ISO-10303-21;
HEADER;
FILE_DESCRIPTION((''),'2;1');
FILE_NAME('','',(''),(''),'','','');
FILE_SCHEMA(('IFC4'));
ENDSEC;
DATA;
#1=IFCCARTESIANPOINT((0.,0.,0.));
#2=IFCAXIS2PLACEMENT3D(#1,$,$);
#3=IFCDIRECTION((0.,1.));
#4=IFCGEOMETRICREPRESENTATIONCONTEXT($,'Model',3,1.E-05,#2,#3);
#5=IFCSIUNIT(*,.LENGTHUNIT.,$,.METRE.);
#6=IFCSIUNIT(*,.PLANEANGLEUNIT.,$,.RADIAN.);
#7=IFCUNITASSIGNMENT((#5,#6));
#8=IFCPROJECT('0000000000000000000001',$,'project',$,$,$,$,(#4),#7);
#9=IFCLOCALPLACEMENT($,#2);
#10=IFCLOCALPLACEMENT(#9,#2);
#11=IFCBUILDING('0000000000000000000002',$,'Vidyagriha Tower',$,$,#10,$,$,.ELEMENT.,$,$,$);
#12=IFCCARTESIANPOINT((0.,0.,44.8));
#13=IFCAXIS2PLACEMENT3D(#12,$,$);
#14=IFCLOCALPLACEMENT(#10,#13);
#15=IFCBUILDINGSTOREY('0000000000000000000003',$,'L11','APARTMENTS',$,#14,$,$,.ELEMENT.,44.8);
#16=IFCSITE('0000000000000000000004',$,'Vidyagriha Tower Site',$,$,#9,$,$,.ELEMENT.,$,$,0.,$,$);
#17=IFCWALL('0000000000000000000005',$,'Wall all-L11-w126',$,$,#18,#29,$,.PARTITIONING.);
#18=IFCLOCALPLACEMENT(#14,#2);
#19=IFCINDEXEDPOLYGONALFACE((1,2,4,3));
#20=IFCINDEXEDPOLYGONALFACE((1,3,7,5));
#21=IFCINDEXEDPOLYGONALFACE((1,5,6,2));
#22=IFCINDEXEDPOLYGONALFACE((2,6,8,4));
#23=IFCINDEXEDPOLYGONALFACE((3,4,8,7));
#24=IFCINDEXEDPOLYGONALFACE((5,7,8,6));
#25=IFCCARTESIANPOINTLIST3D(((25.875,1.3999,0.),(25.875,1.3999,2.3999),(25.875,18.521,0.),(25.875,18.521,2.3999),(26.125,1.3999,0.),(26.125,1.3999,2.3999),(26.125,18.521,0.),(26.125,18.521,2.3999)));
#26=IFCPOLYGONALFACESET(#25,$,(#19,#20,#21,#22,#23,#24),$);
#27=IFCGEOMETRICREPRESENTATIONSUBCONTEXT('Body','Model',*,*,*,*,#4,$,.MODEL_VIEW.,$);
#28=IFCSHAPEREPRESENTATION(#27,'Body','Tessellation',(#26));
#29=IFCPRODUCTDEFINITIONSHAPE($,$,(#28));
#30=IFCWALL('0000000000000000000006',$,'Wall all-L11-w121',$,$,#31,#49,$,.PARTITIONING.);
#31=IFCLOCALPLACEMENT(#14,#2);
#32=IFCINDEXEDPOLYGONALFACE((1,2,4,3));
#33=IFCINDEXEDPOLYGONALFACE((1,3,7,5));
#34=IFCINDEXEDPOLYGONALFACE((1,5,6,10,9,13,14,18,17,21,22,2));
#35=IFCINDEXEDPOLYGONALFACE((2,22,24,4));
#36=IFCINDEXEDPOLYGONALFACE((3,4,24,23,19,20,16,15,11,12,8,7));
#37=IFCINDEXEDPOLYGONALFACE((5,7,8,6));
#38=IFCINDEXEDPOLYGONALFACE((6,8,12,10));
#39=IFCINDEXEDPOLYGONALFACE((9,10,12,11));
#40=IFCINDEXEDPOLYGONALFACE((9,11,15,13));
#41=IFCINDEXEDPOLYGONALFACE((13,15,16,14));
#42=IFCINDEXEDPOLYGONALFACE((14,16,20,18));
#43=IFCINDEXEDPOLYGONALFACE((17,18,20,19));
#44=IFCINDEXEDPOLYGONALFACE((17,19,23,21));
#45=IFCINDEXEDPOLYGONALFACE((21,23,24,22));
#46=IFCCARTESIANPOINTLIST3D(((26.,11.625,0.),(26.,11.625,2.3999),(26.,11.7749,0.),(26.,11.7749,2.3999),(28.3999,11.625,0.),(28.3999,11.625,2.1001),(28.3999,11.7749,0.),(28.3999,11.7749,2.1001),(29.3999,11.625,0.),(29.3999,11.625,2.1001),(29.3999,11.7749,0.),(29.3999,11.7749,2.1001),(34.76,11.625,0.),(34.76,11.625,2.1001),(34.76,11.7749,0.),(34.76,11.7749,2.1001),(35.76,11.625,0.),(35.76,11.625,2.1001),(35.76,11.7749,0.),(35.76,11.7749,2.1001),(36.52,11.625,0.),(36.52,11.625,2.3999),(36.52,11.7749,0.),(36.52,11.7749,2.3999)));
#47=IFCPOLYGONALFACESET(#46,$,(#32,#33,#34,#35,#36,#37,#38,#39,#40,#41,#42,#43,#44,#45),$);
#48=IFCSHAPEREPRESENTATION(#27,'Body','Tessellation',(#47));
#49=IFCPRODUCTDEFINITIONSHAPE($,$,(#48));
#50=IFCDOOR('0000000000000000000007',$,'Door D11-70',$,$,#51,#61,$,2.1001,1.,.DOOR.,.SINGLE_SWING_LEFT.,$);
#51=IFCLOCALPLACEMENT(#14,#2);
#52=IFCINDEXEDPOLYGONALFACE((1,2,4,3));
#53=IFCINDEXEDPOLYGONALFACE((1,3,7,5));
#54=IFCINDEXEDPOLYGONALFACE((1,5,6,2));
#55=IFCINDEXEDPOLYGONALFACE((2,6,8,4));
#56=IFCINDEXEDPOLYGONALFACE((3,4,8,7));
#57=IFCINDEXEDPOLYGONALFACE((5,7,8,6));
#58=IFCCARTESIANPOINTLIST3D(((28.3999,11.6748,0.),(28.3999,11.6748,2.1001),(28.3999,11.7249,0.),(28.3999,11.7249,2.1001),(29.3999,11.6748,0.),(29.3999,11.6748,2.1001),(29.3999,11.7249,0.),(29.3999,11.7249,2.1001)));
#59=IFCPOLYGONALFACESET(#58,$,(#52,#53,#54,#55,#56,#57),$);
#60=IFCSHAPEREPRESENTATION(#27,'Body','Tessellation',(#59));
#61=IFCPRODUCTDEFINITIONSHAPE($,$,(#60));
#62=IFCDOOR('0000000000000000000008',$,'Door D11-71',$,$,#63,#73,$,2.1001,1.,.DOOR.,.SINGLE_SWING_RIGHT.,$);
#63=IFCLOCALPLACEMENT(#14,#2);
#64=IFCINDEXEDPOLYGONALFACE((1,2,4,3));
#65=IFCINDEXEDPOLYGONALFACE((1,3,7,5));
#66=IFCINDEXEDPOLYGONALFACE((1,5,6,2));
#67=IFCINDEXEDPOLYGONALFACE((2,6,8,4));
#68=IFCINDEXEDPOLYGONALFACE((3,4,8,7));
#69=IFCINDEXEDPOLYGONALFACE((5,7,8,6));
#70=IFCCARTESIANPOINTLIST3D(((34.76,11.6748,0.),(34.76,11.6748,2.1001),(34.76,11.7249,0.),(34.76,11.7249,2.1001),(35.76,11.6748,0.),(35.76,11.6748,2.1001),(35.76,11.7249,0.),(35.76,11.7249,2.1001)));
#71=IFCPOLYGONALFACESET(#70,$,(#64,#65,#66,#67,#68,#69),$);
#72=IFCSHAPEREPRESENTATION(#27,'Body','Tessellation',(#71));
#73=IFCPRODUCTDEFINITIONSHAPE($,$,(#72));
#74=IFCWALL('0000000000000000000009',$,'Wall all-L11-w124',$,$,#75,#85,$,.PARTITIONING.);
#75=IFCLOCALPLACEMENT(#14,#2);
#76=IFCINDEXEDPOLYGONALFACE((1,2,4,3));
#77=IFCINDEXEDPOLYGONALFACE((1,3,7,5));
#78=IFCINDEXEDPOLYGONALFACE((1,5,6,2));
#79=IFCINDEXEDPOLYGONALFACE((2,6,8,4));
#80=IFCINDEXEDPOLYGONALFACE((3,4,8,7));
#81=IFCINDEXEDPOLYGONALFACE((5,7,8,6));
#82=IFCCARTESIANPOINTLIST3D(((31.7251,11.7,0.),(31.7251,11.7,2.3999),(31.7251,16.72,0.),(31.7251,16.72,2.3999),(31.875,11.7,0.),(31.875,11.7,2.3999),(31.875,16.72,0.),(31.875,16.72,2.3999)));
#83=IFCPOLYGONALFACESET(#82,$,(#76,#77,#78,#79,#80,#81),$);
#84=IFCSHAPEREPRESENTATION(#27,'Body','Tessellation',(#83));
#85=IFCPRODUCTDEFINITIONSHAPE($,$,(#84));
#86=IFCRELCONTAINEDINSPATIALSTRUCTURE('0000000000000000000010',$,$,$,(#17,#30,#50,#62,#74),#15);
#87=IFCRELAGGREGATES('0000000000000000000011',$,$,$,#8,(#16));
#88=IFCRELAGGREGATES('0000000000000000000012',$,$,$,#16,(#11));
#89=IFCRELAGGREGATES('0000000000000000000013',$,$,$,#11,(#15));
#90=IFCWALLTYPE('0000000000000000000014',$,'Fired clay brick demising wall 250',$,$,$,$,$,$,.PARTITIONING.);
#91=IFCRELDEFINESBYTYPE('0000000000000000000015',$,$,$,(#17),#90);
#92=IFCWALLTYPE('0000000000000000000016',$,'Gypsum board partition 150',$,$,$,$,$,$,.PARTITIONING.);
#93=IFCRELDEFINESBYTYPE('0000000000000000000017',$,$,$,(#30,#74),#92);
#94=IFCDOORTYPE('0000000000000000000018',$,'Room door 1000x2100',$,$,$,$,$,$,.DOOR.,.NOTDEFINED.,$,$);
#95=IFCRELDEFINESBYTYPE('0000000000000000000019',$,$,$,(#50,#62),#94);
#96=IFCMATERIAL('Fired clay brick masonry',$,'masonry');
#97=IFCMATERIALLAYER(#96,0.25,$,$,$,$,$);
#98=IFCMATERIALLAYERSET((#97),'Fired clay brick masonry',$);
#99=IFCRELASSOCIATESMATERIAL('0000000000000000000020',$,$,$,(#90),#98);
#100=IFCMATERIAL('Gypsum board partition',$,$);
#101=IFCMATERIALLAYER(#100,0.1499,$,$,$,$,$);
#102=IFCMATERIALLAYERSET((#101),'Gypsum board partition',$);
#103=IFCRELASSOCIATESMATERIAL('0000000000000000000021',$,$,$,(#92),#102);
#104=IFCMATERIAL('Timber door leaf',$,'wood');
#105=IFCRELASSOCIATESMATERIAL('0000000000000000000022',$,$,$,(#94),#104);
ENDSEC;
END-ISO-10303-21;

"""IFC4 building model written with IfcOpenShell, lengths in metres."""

from ifc_helpers import new_model, si_unit, direction, frame, frame_2d, origin, place, context, subcontext, project, spatial, rectangle, extrude, material, layer, layer_set, type_object, element, fill, save


model = new_model("IFC4")

# Units and contexts
model_context = context("Model", 3, precision=1e-05, world=origin(), true_north=direction((0.0, 1.0)))
body_context = subcontext(model_context, "Body", "Model", "MODEL_VIEW")
ifc_project = project(units=[si_unit("LENGTHUNIT", "METRE"), si_unit("PLANEANGLEUNIT", "RADIAN")], contexts=[model_context])

# Site, building, storey
site_placement = place(None, origin())
site = spatial("IfcSite", under=ifc_project, at=site_placement, Name="Vidyagriha Tower Site", CompositionType="ELEMENT", RefElevation=0.0)
building_placement = place(site_placement, origin())
building = spatial("IfcBuilding", under=site, at=building_placement, Name="Vidyagriha Tower", CompositionType="ELEMENT")
storey_placement = place(building_placement, frame((0.0, 0.0, 44.8)))
storey = spatial("IfcBuildingStorey", under=building, at=storey_placement, Name="L11", Description="APARTMENTS", CompositionType="ELEMENT", Elevation=44.8)

# Wall
ifc_material_1 = material(Name="Fired clay brick masonry", Category="masonry")
ifc_layer_1 = layer(ifc_material_1, 0.25)
ifc_layer_set_1 = layer_set([ifc_layer_1], Name="Fired clay brick masonry")
wall_type_1 = type_object("IfcWallType", Name="Fired clay brick demising wall 250", PredefinedType="PARTITIONING", material=ifc_layer_set_1)
wall_1_placement = place(storey_placement, frame((26.0, 18.521, 0.0), z_axis=(0.0, 0.0, 1.0), x_axis=(0.0, -1.0, 0.0)))
element("IfcWall", 1, at=wall_1_placement, inside=storey, type_object=wall_type_1, Name="Wall all-L11-w126", PredefinedType="PARTITIONING", context=body_context, shape_type="SweptSolid", body=[
    extrude(rectangle(XDim=17.1211, YDim=0.25, at=frame_2d((8.5605, 0.0))), origin(), (0.0, 0.0, 1.0), 2.3999),
])

# Wall, openings, doors
ifc_material_2 = material(Name="Gypsum board partition")
ifc_layer_2 = layer(ifc_material_2, 0.1499)
ifc_layer_set_2 = layer_set([ifc_layer_2], Name="Gypsum board partition")
wall_type_2 = type_object("IfcWallType", Name="Gypsum board partition 150", PredefinedType="PARTITIONING", material=ifc_layer_set_2)
wall_2_placement = place(storey_placement, frame((26.0, 11.7, 0.0)))
wall_2 = element("IfcWall", 2, at=wall_2_placement, inside=storey, type_object=wall_type_2, Name="Wall all-L11-w121", PredefinedType="PARTITIONING", context=body_context, shape_type="SweptSolid", body=[
    extrude(rectangle(XDim=10.52, YDim=0.1499, at=frame_2d((5.26, 0.0))), origin(), (0.0, 0.0, 1.0), 2.3999),
])
opening_1_placement = place(wall_2_placement, frame((2.3999, 0.0, 0.0)))
opening_1 = element("IfcOpeningElement", 3, at=opening_1_placement, cuts=wall_2, PredefinedType="OPENING", context=body_context, shape_type="SweptSolid", body=[
    extrude(rectangle(XDim=1.0, YDim=2.1001, at=frame_2d((0.5, 1.05))), frame((0.0, 0.085, 0.0), z_axis=(0.0, -1.0, 0.0), x_axis=(1.0, 0.0, 0.0)), (0.0, 0.0, 1.0), 0.1699),
])
opening_2_placement = place(wall_2_placement, frame((8.76, 0.0, 0.0)))
opening_2 = element("IfcOpeningElement", 4, at=opening_2_placement, cuts=wall_2, PredefinedType="OPENING", context=body_context, shape_type="SweptSolid", body=[
    extrude(rectangle(XDim=1.0, YDim=2.1001, at=frame_2d((0.5, 1.05))), frame((0.0, 0.085, 0.0), z_axis=(0.0, -1.0, 0.0), x_axis=(1.0, 0.0, 0.0)), (0.0, 0.0, 1.0), 0.1699),
])
ifc_material_3 = material(Name="Timber door leaf", Category="wood")
door_type = type_object("IfcDoorType", Name="Room door 1000x2100", OperationType="NOTDEFINED", PredefinedType="DOOR", material=ifc_material_3)
door_1_placement = place(opening_1_placement, origin())
door_1 = element("IfcDoor", 5, at=door_1_placement, inside=storey, type_object=door_type, Name="Door D11-70", OperationType="SINGLE_SWING_LEFT", OverallHeight=2.1001, OverallWidth=1.0, PredefinedType="DOOR", context=body_context, shape_type="SweptSolid", body=[
    extrude(rectangle(XDim=1.0, YDim=2.1001, at=frame_2d((0.5, 1.05))), frame((0.0, 0.0249, 0.0), z_axis=(0.0, -1.0, 0.0), x_axis=(1.0, 0.0, 0.0)), (0.0, 0.0, 1.0), 0.05),
])
fill(opening_1, door_1)
door_2_placement = place(opening_2_placement, origin())
door_2 = element("IfcDoor", 6, at=door_2_placement, inside=storey, type_object=door_type, Name="Door D11-71", OperationType="SINGLE_SWING_RIGHT", OverallHeight=2.1001, OverallWidth=1.0, PredefinedType="DOOR", context=body_context, shape_type="SweptSolid", body=[
    extrude(rectangle(XDim=1.0, YDim=2.1001, at=frame_2d((0.5, 1.05))), frame((0.0, 0.0249, 0.0), z_axis=(0.0, -1.0, 0.0), x_axis=(1.0, 0.0, 0.0)), (0.0, 0.0, 1.0), 0.05),
])
fill(opening_2, door_2)

# Wall
wall_3_placement = place(storey_placement, frame((31.8, 16.72, 0.0), z_axis=(0.0, 0.0, 1.0), x_axis=(0.0, -1.0, 0.0)))
element("IfcWall", 7, at=wall_3_placement, inside=storey, type_object=wall_type_2, Name="Wall all-L11-w124", PredefinedType="PARTITIONING", context=body_context, shape_type="SweptSolid", body=[
    extrude(rectangle(XDim=5.02, YDim=0.1499, at=frame_2d((2.51, 0.0))), origin(), (0.0, 0.0, 1.0), 2.3999),
])

save(model, "model.ifc")
